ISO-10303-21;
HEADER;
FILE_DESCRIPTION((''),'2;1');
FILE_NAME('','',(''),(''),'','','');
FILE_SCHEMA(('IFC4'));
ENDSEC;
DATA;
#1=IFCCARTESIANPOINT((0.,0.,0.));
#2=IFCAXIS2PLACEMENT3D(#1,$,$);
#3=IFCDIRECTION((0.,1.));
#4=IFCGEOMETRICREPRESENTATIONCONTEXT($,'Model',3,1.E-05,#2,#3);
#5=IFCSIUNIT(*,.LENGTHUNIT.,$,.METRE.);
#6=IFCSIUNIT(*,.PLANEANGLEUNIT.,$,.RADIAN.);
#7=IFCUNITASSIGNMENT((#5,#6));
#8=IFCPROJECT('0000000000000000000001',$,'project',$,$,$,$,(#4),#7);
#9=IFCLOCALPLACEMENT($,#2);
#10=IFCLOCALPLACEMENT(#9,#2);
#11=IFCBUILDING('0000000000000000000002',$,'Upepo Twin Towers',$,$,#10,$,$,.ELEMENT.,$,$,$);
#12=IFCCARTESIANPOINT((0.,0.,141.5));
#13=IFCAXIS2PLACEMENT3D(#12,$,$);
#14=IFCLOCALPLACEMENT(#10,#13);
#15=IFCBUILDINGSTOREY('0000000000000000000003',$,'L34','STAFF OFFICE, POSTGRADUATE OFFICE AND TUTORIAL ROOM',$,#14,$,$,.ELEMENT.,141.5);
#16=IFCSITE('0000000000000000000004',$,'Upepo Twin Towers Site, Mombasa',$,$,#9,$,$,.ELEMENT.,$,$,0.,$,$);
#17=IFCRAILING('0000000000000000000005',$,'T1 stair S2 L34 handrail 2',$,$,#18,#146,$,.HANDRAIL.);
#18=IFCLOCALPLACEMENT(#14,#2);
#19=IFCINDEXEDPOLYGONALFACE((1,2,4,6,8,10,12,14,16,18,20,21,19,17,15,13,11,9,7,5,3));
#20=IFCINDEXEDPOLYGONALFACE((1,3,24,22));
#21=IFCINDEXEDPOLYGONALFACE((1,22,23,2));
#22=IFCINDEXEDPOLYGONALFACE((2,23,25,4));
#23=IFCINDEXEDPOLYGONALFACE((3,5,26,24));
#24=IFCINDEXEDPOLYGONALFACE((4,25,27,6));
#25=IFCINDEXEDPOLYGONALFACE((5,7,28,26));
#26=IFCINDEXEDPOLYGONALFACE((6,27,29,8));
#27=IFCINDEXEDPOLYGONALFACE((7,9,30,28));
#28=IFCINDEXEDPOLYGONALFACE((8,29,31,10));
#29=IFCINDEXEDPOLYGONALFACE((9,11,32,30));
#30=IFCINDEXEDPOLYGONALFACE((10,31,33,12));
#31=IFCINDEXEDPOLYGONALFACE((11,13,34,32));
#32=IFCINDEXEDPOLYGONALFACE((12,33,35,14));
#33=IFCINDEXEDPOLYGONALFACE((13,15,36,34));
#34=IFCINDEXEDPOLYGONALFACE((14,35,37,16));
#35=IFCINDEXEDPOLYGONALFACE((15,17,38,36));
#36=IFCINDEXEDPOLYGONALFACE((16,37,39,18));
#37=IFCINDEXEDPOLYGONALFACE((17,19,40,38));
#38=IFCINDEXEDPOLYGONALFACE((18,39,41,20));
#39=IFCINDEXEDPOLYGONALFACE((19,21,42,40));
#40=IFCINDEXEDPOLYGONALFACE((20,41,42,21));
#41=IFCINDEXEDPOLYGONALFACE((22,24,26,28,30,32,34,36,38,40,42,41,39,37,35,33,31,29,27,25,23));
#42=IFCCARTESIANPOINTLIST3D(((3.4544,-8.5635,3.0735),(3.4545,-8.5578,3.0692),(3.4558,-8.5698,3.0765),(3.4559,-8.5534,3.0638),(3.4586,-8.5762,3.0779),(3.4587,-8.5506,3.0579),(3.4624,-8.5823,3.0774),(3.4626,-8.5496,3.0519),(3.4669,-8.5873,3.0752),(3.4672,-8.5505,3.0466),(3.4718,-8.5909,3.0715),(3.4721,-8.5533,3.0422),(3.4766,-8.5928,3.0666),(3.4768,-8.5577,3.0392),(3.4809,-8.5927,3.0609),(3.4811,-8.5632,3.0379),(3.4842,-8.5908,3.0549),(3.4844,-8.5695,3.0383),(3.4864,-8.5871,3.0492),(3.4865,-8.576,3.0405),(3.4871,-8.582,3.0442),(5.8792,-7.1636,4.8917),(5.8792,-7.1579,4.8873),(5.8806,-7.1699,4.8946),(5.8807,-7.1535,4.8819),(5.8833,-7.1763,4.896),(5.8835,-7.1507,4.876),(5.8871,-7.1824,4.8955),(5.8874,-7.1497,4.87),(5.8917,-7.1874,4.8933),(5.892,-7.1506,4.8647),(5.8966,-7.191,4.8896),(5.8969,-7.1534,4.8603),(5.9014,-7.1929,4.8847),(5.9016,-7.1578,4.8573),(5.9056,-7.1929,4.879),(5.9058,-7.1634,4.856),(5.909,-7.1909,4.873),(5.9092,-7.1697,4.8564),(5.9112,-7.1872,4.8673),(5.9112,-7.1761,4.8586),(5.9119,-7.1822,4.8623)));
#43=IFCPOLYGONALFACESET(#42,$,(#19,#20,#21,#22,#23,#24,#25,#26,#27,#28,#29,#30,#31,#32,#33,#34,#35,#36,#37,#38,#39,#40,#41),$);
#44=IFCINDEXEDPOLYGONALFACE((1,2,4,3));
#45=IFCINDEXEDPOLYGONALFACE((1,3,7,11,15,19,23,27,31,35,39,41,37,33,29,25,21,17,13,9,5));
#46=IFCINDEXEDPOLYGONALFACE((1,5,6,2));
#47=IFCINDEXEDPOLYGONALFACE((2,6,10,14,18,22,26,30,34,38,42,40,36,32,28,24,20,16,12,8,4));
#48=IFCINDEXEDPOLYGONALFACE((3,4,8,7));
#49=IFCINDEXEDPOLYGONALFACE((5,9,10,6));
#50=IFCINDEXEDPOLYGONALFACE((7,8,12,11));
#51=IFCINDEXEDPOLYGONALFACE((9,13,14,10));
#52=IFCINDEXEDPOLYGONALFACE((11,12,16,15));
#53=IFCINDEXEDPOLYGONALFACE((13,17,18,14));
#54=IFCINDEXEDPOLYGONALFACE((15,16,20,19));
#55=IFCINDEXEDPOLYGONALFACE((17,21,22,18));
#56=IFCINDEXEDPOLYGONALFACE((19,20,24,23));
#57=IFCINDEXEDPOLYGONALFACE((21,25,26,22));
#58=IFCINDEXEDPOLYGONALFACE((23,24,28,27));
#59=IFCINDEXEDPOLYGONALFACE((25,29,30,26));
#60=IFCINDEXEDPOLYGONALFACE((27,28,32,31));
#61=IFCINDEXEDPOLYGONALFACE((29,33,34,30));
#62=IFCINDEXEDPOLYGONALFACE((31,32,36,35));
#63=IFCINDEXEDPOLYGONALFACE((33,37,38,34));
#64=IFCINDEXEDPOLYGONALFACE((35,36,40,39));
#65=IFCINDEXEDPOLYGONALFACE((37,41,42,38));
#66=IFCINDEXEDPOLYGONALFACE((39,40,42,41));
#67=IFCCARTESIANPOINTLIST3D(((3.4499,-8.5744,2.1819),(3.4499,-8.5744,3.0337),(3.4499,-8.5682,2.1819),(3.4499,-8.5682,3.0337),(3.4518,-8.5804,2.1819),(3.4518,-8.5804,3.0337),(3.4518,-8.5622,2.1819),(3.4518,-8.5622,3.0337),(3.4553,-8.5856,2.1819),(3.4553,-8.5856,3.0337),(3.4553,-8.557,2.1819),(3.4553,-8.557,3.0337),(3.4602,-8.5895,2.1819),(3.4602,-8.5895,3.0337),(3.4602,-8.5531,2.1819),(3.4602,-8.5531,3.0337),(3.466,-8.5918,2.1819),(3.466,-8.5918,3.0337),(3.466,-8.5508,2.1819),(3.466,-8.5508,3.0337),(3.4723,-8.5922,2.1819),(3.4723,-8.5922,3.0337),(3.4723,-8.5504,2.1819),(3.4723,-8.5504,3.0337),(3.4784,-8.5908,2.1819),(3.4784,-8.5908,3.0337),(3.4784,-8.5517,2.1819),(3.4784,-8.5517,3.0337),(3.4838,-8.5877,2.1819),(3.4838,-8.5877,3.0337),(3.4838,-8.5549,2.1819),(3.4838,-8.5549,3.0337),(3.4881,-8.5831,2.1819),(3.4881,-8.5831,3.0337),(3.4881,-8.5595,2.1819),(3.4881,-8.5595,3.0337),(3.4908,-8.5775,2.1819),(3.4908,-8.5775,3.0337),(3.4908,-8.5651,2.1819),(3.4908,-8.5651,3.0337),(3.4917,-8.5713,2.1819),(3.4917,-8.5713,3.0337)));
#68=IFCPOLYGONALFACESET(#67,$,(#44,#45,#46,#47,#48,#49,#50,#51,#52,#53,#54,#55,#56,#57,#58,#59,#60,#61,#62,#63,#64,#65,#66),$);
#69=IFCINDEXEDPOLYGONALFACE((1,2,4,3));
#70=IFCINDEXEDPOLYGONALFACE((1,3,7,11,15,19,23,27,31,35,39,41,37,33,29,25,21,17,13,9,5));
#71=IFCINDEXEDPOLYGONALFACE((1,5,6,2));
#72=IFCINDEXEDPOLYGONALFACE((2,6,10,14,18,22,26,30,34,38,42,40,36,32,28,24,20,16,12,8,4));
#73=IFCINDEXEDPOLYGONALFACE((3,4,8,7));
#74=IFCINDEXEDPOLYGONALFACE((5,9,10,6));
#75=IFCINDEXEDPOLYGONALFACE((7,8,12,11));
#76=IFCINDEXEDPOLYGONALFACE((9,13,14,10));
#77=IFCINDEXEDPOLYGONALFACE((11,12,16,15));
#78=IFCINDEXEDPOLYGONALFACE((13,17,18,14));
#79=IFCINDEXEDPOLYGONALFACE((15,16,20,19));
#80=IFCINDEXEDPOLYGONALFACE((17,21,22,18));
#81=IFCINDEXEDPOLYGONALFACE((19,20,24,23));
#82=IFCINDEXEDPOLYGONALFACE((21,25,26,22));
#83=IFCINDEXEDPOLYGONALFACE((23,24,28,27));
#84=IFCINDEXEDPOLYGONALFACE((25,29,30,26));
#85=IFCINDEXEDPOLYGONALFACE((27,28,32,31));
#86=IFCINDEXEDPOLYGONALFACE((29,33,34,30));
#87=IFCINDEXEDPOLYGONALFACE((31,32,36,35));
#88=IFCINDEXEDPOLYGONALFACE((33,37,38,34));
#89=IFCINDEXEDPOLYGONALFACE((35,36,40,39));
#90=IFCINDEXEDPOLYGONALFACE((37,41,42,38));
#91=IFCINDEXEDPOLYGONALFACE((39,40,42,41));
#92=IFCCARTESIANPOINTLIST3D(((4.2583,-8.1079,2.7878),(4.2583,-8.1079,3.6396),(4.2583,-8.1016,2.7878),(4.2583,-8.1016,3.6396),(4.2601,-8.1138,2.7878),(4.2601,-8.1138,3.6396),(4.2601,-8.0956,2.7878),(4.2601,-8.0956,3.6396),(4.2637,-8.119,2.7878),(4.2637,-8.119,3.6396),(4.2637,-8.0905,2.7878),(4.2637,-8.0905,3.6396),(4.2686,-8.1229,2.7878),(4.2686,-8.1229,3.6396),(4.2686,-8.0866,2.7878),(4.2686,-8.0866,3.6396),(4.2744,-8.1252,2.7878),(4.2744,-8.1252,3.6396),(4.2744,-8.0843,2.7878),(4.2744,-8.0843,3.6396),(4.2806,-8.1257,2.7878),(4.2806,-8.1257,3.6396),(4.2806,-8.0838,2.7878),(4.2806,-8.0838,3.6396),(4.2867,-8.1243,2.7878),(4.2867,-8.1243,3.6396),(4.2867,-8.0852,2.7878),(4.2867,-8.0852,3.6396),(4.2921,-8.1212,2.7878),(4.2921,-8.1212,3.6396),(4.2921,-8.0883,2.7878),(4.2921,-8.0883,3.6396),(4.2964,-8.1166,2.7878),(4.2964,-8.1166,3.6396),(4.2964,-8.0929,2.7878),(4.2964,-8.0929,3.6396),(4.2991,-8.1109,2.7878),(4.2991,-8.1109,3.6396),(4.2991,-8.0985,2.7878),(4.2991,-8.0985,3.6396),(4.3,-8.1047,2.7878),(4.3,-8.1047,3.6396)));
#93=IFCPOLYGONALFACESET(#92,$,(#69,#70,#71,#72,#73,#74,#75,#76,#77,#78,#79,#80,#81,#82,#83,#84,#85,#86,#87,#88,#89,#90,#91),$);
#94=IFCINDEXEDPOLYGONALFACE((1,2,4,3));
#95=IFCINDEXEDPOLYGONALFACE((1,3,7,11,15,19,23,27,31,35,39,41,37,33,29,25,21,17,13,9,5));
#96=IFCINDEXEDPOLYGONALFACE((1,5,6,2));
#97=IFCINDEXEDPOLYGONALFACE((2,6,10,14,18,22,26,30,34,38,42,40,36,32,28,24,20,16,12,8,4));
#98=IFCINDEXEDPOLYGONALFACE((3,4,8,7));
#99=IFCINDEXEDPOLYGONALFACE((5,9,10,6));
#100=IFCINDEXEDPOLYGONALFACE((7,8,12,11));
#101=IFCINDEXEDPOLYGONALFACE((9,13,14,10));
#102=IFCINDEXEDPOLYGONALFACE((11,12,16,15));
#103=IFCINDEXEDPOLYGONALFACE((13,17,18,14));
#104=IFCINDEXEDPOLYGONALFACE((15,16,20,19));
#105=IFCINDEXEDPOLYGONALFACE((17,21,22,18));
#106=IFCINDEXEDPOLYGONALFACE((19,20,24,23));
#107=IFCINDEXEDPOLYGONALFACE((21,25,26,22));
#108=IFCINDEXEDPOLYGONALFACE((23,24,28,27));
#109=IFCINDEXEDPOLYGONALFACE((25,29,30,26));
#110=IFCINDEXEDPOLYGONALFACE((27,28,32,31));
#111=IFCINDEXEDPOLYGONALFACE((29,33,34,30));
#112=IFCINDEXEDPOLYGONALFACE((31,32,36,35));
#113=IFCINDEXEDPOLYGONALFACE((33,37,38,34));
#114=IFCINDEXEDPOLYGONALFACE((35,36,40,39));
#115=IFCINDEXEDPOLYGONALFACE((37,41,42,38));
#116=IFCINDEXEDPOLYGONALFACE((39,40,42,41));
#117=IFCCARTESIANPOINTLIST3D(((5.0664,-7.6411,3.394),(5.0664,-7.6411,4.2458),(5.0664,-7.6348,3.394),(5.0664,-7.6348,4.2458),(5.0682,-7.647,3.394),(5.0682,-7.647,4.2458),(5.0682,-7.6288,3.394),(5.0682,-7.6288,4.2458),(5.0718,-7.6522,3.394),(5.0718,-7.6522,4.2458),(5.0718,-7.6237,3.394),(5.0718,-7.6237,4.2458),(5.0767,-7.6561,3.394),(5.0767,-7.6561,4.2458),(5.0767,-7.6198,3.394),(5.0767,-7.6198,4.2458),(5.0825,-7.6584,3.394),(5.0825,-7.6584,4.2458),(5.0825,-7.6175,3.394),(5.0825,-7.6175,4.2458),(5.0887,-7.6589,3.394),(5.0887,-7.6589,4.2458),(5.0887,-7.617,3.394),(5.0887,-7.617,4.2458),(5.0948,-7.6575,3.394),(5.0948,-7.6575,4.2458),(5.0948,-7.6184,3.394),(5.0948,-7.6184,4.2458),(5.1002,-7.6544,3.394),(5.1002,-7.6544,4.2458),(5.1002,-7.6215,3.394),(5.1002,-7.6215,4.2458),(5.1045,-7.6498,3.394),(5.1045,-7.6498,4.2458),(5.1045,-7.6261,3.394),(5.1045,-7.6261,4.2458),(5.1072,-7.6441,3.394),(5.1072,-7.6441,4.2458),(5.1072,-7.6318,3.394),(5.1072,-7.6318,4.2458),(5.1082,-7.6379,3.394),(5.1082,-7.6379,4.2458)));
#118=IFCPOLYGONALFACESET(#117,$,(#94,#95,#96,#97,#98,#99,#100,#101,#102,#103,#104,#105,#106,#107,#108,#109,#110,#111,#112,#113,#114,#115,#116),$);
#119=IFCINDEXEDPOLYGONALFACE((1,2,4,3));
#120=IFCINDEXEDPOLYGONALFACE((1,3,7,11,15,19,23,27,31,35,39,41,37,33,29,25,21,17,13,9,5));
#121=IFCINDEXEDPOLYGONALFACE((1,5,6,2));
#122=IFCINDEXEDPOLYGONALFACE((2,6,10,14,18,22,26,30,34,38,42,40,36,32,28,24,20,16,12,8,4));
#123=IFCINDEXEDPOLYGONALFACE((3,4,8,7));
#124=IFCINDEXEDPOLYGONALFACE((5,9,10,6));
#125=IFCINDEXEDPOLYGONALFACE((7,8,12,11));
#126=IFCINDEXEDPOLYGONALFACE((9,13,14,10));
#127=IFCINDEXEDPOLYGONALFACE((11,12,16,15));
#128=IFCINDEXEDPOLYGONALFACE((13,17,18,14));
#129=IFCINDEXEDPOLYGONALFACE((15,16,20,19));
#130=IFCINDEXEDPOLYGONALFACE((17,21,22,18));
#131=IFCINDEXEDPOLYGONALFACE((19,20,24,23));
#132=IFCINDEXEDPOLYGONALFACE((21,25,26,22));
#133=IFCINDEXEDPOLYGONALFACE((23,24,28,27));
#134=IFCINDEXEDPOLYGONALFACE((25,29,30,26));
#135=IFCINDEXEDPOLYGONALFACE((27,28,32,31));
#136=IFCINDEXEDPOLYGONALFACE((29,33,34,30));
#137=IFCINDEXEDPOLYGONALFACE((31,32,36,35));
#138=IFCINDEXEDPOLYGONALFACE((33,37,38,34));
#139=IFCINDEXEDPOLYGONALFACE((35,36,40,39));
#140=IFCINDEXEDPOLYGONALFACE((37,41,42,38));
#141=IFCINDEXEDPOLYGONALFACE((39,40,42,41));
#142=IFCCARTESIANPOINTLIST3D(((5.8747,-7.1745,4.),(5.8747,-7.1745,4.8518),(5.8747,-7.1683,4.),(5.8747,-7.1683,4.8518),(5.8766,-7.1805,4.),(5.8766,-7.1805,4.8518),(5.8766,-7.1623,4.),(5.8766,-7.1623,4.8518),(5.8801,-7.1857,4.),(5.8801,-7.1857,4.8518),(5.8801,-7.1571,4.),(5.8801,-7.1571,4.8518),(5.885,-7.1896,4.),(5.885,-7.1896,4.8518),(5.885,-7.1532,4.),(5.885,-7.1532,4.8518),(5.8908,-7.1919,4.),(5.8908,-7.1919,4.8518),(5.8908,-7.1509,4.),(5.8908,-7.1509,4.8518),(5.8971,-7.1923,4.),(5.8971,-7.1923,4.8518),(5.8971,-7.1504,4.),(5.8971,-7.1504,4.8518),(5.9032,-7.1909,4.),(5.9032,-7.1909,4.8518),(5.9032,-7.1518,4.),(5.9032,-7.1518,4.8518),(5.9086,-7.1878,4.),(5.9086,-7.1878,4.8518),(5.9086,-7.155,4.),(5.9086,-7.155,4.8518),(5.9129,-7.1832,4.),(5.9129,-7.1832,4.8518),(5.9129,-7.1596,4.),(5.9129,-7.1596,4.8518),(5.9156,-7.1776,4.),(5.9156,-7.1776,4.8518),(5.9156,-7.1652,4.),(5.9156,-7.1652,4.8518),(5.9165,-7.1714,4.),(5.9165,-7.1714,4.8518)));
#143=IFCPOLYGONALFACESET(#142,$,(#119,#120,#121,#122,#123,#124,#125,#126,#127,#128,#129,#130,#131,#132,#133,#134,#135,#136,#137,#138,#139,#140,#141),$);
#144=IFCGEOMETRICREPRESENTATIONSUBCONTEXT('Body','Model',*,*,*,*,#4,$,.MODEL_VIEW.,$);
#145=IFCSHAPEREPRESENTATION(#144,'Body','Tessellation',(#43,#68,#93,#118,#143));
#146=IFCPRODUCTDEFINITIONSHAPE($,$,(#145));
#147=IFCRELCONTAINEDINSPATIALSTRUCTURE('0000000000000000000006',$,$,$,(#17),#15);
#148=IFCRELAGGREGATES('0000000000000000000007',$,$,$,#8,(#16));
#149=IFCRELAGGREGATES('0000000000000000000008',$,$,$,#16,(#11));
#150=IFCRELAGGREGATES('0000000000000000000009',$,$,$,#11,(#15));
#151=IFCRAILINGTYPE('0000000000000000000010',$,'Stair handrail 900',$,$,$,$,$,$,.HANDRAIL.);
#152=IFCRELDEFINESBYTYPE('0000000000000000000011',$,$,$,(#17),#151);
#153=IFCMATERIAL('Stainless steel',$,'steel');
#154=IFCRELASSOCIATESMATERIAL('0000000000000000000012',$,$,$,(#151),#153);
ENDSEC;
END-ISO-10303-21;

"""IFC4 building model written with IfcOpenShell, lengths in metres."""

from ifc_helpers import new_model, si_unit, direction, frame, origin, origin_2d, place, context, subcontext, project, spatial, circle, extrude, material, type_object, element, save


model = new_model("IFC4")

# Units and contexts
model_context = context("Model", 3, precision=1e-05, world=origin(), true_north=direction((0.0, 1.0)))
body_context = subcontext(model_context, "Body", "Model", "MODEL_VIEW")
ifc_project = project(units=[si_unit("LENGTHUNIT", "METRE"), si_unit("PLANEANGLEUNIT", "RADIAN")], contexts=[model_context])

# Site, building, storey
site_placement = place(None, origin())
site = spatial("IfcSite", under=ifc_project, at=site_placement, Name="Upepo Twin Towers Site, Mombasa", CompositionType="ELEMENT", RefElevation=0.0)
building_placement = place(site_placement, origin())
building = spatial("IfcBuilding", under=site, at=building_placement, Name="Upepo Twin Towers", CompositionType="ELEMENT")
storey_placement = place(building_placement, frame((0.0, 0.0, 141.5)))
storey = spatial("IfcBuildingStorey", under=building, at=storey_placement, Name="L34", Description="STAFF OFFICE, POSTGRADUATE OFFICE AND TUTORIAL ROOM", CompositionType="ELEMENT", Elevation=141.5)

# Railing
ifc_material_1 = material(Name="Stainless steel", Category="steel")
railing_type = type_object("IfcRailingType", Name="Stair handrail 900", PredefinedType="HANDRAIL", material=ifc_material_1)
railing_1_placement = place(storey_placement, frame((3.4707, -8.5713, 2.1819)))
element("IfcRailing", 1, at=railing_1_placement, inside=storey, type_object=railing_type, Name="T1 stair S2 L34 handrail 2", PredefinedType="HANDRAIL", context=body_context, shape_type="SweptSolid", body=[
    extrude(circle(Radius=0.0239, at=origin_2d()), frame((0.0, 0.0, 0.876), z_axis=(0.726336, 0.419333, 0.544606), x_axis=(-0.499984, 0.866035, 0.0)), (0.0, 0.0, 1.0), 3.3384),
    extrude(circle(Radius=0.021, at=origin_2d()), origin(), (0.0, 0.0, 1.0), 0.8518),
    extrude(circle(Radius=0.021, at=origin_2d()), frame((0.8083, 0.4666, 0.606)), (0.0, 0.0, 1.0), 0.8518),
    extrude(circle(Radius=0.021, at=origin_2d()), frame((1.6165, 0.9333, 1.2122)), (0.0, 0.0, 1.0), 0.8518),
    extrude(circle(Radius=0.021, at=origin_2d()), frame((2.4248, 1.3999, 1.8181)), (0.0, 0.0, 1.0), 0.8518),
])

save(model, "model.ifc")
